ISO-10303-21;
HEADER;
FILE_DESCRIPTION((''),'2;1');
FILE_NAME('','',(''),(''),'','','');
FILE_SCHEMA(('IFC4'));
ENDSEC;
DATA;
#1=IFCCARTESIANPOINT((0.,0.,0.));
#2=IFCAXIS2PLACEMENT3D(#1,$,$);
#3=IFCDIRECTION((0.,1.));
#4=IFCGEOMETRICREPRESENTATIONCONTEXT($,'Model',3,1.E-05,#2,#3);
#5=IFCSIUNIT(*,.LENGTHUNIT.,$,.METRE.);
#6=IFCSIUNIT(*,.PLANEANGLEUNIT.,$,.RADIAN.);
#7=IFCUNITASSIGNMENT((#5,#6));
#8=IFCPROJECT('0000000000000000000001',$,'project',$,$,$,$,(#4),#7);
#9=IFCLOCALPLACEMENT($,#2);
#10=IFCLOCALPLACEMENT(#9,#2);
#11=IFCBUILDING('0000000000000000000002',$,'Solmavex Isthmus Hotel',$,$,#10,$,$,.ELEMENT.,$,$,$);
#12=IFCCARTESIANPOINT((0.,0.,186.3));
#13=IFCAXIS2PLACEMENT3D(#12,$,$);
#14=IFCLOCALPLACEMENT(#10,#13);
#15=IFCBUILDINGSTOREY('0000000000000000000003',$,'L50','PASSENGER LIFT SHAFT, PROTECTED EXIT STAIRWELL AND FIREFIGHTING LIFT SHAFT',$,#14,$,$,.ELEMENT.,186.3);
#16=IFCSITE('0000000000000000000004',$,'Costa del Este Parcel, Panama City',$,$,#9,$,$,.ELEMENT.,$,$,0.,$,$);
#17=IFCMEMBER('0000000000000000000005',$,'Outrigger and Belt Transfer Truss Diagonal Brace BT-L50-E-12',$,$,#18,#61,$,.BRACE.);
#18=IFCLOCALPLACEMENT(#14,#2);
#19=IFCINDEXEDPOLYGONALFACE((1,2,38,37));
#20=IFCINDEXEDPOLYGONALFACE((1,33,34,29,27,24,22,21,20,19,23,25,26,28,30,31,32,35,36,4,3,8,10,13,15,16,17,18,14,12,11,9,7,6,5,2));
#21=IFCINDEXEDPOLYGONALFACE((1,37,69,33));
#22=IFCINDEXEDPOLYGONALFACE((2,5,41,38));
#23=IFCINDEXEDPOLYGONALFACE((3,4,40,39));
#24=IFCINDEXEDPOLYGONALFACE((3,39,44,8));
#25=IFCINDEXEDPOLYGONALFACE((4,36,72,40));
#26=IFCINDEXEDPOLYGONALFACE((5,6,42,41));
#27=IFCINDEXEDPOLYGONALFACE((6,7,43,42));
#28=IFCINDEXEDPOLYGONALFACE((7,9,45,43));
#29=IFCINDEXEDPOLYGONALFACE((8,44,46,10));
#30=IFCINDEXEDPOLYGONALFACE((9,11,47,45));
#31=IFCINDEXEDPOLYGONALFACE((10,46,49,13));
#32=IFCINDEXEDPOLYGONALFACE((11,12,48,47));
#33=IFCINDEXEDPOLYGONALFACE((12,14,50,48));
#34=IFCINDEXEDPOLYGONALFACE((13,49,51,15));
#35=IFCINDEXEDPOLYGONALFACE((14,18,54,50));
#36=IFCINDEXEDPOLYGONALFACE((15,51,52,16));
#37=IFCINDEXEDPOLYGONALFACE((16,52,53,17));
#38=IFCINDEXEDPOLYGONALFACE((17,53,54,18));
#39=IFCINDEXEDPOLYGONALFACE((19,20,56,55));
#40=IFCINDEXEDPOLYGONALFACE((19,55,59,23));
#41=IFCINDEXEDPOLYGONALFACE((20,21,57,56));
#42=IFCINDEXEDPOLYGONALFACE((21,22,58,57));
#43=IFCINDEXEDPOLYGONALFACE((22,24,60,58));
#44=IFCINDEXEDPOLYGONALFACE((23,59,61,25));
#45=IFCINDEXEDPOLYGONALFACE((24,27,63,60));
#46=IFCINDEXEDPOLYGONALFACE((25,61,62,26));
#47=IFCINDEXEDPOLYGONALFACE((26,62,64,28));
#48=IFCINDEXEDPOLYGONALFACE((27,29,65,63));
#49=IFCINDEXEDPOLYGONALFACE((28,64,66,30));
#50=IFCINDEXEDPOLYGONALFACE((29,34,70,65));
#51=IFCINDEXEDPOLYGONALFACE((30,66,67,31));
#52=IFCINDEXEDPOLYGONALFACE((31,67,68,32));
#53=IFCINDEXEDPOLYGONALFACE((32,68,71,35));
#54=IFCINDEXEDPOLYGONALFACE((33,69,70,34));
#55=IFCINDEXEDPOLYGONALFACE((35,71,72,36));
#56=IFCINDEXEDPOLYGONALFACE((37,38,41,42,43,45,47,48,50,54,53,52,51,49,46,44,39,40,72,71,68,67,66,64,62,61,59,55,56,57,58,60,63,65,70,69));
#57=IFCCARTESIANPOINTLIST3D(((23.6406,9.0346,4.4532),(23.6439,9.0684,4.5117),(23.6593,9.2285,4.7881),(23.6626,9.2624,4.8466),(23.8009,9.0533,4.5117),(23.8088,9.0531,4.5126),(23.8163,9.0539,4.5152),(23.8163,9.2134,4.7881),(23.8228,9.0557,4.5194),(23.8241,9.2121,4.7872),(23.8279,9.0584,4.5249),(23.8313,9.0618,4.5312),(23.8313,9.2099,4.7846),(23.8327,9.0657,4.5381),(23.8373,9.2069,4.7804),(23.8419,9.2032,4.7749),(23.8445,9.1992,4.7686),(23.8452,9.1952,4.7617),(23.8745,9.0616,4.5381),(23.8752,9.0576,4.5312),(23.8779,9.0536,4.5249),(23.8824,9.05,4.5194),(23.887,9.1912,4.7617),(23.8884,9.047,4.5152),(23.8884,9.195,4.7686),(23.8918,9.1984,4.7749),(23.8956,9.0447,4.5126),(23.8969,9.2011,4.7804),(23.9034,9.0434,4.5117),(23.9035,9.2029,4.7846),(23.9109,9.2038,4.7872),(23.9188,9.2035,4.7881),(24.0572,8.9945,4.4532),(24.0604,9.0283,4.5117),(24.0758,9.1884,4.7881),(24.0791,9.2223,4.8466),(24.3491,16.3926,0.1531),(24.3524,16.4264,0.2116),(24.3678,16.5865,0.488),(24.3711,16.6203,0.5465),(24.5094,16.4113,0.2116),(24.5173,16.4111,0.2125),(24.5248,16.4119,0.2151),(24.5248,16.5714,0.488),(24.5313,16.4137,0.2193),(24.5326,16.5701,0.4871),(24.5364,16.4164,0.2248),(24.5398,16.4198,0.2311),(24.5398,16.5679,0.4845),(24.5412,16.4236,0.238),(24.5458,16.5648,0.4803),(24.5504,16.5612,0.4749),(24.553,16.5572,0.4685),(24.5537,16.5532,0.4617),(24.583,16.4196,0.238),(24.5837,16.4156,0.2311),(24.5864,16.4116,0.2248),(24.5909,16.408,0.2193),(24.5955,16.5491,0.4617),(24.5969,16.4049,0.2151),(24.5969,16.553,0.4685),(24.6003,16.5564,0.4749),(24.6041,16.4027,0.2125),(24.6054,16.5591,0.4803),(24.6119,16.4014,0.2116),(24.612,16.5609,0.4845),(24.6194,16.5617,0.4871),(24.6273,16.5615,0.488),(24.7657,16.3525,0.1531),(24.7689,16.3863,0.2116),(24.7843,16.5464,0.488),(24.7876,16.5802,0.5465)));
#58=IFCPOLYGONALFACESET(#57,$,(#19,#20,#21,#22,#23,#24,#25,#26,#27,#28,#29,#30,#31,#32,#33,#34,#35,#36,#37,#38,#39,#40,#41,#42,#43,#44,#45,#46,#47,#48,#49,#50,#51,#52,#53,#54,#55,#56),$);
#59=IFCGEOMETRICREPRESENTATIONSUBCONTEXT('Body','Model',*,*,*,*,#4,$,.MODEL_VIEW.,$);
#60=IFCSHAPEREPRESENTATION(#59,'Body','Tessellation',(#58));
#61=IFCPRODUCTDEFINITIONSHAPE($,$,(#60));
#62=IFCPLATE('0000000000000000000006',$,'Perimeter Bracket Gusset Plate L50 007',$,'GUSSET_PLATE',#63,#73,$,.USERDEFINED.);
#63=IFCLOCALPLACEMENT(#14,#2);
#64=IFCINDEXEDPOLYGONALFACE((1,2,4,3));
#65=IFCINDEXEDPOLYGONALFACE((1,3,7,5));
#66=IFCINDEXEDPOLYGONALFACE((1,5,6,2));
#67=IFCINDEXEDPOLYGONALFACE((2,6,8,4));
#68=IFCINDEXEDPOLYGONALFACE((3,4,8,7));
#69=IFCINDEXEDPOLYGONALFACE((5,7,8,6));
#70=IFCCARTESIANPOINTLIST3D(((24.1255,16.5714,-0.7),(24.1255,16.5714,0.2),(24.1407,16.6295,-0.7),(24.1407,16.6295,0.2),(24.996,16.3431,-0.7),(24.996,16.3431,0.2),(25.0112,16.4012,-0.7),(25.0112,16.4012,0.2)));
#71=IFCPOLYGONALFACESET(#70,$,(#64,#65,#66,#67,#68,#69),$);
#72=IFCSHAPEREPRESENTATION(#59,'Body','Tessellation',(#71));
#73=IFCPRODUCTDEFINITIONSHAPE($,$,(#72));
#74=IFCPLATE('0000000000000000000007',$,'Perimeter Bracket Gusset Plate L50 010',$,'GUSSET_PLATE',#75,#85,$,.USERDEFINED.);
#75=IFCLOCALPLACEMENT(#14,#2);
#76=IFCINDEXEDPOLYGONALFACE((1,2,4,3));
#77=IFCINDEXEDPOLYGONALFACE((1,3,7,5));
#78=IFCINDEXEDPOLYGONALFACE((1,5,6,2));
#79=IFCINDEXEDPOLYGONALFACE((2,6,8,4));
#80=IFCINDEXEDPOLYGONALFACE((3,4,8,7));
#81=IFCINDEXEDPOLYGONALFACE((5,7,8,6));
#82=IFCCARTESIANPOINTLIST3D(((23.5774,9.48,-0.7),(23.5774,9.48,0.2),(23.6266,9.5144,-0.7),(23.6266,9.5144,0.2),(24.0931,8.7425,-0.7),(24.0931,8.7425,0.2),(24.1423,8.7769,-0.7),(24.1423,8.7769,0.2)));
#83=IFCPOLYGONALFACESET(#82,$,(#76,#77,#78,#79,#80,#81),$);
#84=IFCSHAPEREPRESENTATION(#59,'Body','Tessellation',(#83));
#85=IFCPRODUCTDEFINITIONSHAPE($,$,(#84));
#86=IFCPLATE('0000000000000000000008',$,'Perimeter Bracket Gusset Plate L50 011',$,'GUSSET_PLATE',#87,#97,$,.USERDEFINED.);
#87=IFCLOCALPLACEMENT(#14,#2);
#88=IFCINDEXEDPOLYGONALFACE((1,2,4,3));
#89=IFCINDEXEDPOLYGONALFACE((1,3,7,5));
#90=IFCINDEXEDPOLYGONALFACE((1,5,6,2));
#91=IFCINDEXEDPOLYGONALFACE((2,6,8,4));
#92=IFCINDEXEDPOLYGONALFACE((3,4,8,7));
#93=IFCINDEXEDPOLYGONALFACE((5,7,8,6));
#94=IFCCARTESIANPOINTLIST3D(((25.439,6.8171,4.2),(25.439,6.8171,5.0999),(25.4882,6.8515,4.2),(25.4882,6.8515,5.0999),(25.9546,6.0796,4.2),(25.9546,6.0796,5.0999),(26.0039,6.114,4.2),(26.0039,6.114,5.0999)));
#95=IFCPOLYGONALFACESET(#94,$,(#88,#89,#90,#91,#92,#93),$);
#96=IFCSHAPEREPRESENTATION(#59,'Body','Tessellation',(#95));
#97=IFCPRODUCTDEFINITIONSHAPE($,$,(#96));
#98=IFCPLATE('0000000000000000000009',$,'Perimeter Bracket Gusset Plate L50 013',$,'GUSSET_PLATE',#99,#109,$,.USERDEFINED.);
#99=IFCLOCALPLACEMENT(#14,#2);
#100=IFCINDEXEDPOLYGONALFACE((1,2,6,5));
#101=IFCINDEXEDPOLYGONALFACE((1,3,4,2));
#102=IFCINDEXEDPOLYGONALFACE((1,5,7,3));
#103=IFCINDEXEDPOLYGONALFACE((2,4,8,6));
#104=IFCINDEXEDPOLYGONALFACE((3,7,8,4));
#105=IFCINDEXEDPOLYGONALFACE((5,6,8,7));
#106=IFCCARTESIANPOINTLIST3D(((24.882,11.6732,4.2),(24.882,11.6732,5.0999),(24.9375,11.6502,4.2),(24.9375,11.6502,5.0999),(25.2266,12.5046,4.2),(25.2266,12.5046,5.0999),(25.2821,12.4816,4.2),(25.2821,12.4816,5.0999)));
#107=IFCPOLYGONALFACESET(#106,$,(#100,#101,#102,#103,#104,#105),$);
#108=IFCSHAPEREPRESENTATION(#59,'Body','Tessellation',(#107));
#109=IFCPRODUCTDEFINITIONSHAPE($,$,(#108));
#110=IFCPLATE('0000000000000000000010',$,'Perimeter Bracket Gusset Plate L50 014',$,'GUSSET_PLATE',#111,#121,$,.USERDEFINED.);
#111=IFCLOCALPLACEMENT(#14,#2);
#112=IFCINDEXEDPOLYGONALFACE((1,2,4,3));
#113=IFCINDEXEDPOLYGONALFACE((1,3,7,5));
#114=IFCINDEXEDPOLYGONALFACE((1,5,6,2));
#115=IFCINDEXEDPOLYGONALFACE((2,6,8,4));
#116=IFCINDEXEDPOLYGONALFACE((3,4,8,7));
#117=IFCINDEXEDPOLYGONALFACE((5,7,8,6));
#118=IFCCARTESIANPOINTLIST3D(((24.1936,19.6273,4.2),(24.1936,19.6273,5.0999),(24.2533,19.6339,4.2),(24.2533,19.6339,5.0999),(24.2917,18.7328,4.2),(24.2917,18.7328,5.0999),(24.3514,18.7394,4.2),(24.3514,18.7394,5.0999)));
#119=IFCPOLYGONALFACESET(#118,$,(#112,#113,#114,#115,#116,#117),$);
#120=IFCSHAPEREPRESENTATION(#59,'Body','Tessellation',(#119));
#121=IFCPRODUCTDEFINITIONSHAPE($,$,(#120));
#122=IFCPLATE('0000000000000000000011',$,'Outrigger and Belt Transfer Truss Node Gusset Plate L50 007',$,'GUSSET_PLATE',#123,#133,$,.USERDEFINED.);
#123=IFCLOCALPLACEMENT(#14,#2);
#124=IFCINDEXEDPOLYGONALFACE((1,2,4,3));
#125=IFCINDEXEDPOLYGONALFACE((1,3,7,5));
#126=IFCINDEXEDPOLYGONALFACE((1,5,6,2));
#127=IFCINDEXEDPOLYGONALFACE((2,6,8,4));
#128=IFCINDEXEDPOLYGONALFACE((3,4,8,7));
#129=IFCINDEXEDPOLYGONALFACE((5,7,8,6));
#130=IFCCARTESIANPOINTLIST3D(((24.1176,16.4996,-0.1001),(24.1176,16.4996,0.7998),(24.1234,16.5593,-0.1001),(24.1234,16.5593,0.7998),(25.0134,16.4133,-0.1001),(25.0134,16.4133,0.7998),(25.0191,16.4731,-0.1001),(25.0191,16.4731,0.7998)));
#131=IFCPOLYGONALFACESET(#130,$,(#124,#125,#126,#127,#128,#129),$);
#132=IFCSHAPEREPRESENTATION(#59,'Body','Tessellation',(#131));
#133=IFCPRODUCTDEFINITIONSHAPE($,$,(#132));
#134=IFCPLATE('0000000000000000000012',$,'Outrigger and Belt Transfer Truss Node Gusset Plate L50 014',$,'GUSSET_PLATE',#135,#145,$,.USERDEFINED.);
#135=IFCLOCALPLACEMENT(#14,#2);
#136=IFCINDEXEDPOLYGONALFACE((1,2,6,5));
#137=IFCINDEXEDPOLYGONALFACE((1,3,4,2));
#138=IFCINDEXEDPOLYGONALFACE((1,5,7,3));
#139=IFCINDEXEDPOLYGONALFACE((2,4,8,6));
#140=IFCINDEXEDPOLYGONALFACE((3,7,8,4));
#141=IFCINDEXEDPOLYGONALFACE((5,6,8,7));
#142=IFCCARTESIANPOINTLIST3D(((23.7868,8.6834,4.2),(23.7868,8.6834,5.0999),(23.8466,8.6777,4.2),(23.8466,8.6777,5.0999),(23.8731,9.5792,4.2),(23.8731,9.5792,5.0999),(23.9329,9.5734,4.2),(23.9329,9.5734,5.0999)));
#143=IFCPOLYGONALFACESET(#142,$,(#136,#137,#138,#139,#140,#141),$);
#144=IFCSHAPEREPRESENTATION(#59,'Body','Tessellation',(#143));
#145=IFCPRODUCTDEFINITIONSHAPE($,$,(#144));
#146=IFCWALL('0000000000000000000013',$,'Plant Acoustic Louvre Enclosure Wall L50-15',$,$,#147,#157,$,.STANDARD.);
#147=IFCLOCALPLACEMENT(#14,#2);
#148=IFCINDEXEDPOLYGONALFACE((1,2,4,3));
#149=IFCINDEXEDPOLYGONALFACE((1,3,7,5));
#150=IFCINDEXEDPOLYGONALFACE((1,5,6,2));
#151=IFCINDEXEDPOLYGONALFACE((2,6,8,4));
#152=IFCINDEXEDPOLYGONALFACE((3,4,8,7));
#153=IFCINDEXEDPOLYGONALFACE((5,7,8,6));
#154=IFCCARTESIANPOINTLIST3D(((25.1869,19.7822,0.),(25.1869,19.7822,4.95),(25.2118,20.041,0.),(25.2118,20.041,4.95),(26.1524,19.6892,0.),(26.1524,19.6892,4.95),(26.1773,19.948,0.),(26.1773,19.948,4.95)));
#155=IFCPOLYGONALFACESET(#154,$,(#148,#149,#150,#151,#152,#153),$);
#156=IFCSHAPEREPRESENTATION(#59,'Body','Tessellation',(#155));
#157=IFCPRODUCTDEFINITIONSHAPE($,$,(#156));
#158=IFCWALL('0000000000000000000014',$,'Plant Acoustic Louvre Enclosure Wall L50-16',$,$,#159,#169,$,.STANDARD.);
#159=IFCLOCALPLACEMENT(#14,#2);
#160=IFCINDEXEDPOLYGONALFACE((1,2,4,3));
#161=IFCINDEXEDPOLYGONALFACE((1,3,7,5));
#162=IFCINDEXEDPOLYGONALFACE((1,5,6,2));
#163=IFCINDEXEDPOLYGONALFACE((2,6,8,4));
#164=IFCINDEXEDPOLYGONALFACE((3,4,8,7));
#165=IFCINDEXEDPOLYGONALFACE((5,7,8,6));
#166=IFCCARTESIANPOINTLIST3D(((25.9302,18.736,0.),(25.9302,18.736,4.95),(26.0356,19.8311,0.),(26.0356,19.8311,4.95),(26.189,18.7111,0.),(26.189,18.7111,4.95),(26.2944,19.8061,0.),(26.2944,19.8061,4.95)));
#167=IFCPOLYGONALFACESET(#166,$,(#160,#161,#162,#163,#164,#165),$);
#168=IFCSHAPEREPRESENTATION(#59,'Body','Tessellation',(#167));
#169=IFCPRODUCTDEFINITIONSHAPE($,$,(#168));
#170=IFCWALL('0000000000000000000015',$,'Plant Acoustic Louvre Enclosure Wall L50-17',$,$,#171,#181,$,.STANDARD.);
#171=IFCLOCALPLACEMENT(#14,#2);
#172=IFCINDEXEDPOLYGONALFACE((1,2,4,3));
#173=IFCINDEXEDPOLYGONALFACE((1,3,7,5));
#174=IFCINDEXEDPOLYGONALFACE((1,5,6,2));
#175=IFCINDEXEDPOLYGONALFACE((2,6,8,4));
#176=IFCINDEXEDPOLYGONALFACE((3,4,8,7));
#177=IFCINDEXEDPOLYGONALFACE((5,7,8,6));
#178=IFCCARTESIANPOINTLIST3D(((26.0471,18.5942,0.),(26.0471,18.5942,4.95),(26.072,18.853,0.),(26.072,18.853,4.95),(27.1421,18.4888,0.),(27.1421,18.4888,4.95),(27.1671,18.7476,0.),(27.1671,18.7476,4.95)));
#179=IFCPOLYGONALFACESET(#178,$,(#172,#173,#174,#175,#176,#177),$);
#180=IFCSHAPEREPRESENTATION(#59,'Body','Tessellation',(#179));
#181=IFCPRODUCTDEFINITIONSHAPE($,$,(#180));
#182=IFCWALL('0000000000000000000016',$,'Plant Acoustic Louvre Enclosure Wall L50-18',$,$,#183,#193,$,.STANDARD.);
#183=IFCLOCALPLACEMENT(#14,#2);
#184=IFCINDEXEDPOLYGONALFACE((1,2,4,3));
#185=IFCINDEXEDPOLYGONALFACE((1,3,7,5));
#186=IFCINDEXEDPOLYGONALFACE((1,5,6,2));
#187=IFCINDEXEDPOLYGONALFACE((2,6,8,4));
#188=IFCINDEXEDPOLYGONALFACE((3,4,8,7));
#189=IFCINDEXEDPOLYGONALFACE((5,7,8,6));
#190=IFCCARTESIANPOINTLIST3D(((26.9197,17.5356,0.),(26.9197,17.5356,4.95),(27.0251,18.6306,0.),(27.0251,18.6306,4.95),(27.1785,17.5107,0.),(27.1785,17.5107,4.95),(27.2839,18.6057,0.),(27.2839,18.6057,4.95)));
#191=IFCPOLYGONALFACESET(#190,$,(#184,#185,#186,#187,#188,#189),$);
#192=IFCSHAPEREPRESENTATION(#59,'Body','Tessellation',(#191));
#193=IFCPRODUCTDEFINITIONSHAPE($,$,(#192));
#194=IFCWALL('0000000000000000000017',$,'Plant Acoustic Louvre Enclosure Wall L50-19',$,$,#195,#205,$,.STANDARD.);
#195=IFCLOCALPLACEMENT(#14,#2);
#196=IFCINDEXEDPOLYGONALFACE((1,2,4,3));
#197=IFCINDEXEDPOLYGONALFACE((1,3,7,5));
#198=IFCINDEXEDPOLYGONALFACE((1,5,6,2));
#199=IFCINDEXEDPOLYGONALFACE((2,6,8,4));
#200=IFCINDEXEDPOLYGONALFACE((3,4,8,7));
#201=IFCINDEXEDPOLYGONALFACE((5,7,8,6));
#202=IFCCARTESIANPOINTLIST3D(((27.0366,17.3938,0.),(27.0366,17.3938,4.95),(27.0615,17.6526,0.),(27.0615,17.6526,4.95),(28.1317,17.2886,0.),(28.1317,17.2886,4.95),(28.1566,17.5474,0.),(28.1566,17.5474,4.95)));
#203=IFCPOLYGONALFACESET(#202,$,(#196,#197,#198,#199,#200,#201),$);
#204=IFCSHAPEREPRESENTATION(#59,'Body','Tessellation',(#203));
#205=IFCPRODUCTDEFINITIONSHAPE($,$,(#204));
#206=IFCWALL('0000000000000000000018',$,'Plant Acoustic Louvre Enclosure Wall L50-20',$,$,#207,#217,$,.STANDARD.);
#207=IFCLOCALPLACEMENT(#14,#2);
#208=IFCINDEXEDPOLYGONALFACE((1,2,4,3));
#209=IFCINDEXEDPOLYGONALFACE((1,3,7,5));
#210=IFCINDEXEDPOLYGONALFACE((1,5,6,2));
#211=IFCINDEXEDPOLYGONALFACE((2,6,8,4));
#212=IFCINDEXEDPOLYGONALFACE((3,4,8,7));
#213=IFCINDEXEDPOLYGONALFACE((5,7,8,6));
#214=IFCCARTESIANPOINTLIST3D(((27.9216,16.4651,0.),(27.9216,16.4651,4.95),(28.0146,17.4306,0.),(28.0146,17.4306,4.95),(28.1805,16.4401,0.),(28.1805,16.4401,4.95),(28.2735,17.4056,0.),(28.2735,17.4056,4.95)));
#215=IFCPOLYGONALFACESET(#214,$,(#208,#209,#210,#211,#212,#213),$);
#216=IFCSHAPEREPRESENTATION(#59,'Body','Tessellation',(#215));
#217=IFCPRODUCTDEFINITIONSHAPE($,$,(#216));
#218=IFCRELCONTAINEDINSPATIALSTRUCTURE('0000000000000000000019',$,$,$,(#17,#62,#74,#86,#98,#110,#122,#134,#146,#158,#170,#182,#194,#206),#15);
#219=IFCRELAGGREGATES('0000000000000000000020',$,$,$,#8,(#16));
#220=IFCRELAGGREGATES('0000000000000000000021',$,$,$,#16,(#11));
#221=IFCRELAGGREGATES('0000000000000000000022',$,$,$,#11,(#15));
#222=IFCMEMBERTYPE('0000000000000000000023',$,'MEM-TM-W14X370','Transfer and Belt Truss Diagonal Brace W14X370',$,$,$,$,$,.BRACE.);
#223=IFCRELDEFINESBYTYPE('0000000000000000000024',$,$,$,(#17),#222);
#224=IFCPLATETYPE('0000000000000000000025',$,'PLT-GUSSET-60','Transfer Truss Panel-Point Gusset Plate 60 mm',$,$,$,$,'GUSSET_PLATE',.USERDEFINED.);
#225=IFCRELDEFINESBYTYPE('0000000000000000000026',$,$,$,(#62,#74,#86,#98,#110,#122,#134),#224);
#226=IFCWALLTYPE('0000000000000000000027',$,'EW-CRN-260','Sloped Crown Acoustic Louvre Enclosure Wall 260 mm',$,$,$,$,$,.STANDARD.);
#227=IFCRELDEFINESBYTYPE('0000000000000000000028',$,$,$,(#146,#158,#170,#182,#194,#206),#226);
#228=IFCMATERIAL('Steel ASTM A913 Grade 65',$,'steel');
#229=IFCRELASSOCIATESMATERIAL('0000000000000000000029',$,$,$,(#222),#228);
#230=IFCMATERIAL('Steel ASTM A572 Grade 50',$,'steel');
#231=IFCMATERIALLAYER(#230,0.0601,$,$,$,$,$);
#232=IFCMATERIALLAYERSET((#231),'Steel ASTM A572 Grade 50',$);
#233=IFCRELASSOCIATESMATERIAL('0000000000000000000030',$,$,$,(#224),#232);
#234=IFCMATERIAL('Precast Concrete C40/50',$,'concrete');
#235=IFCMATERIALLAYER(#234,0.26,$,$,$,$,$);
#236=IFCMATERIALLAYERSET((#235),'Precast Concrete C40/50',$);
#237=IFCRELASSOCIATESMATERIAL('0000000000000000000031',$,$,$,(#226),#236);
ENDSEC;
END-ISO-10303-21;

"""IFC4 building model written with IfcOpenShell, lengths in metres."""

from ifc_helpers import new_model, si_unit, direction, frame, frame_2d, origin, origin_2d, place, context, subcontext, project, spatial, rectangle, i_section, extrude, material, layer, layer_set, material_profile, profile_set, type_object, element, save


model = new_model("IFC4")

# Units and contexts
model_context = context("Model", 3, precision=1e-05, world=origin(), true_north=direction((0.0, 1.0)))
body_context = subcontext(model_context, "Body", "Model", "MODEL_VIEW")
ifc_project = project(units=[si_unit("LENGTHUNIT", "METRE"), si_unit("PLANEANGLEUNIT", "RADIAN")], contexts=[model_context])

# Site, building, storey
site_placement = place(None, origin())
site = spatial("IfcSite", under=ifc_project, at=site_placement, Name="Costa del Este Parcel, Panama City", CompositionType="ELEMENT", RefElevation=0.0)
building_placement = place(site_placement, origin())
building = spatial("IfcBuilding", under=site, at=building_placement, Name="Solmavex Isthmus Hotel", CompositionType="ELEMENT")
storey_placement = place(building_placement, frame((0.0, 0.0, 186.3)))
storey = spatial("IfcBuildingStorey", under=building, at=storey_placement, Name="L50", Description="PASSENGER LIFT SHAFT, PROTECTED EXIT STAIRWELL AND FIREFIGHTING LIFT SHAFT", CompositionType="ELEMENT", Elevation=186.3)

# Shared definitions
ifc_material_1 = material(Name="Steel ASTM A913 Grade 65", Category="steel")

# Member
ifc_material_profile_1 = material_profile(ifc_material_1, i_section(OverallWidth=0.4185, OverallDepth=0.4551, WebThickness=0.042, FlangeThickness=0.0676, FilletRadius=0.0305, at=origin_2d()), Name="W14X370")
ifc_profile_set_1 = profile_set([ifc_material_profile_1], Name="Steel ASTM A913 Grade 65")
member_type_1 = type_object("IfcMemberType", Name="MEM-TM-W14X370", Description="Transfer and Belt Truss Diagonal Brace W14X370", PredefinedType="BRACE", material=ifc_profile_set_1)
member_1_placement = place(storey_placement, frame((23.8599, 9.1284, 4.6499), z_axis=(0.082849, 0.860405, -0.502831), x_axis=(-0.995396, 0.095847, 0.0)))
element("IfcMember", 1, at=member_1_placement, inside=storey, type_object=member_type_1, Name="Outrigger and Belt Transfer Truss Diagonal Brace BT-L50-E-12", PredefinedType="BRACE", context=body_context, shape_type="SweptSolid", body=[
    extrude(i_section(OverallWidth=0.4185, OverallDepth=0.4551, WebThickness=0.042, FlangeThickness=0.0676, FilletRadius=0.0305, at=origin_2d()), origin(), (0.0, 0.0, 1.0), 8.5518),
])

# Plates
ifc_material_2 = material(Name="Steel ASTM A572 Grade 50", Category="steel")
ifc_layer_1 = layer(ifc_material_2, 0.0601)
ifc_layer_set_1 = layer_set([ifc_layer_1], Name="Steel ASTM A572 Grade 50")
plate_type = type_object("IfcPlateType", Name="PLT-GUSSET-60", Description="Transfer Truss Panel-Point Gusset Plate 60 mm", ElementType="GUSSET_PLATE", PredefinedType="USERDEFINED", material=ifc_layer_set_1)
for number, where, z_axis, x_axis, name in (
    (2, (24.5684, 16.4863, -0.7), (0.0, 0.0, 1.0), (-0.967285, 0.25369, 0.0), "Perimeter Bracket Gusset Plate L50 007"),
    (3, (23.8599, 9.1284, -0.7), (0.0, 0.0, 1.0), (0.573004, -0.819552, 0.0), "Perimeter Bracket Gusset Plate L50 010"),
    (4, (25.7214, 6.4656, 4.2), (0.0, 0.0, 1.0), (0.573004, -0.819552, 0.0), "Perimeter Bracket Gusset Plate L50 011"),
    (5, (25.082, 12.0774, 4.2), (0.0, 0.0, 1.0), (0.382893, 0.923793, 0.0), "Perimeter Bracket Gusset Plate L50 013"),
    (6, (24.2725, 19.1833, 4.2), (0.0, 0.0, 1.0), (-0.109023, 0.994039, 0.0), "Perimeter Bracket Gusset Plate L50 014"),
    (7, (24.5684, 16.4863, -0.1001), (0.0, 0.0, 1.0), (0.995396, -0.095846, 0.0), "Outrigger and Belt Transfer Truss Node Gusset Plate L50 007"),
    (8, (23.8599, 9.1284, 4.2), (0.0, 0.0, 1.0), (0.095846, 0.995396, 0.0), "Outrigger and Belt Transfer Truss Node Gusset Plate L50 014"),
):
    element("IfcPlate", number, at=place(storey_placement, frame(where, z_axis=z_axis, x_axis=x_axis)), inside=storey, type_object=plate_type, Name=name, ObjectType="GUSSET_PLATE", PredefinedType="USERDEFINED", context=body_context, shape_type="SweptSolid", body=[
        extrude(rectangle(XDim=0.8999, YDim=0.0601, at=origin_2d()), origin(), (0.0, 0.0, 1.0), 0.8999),
    ])

# Walls
ifc_material_3 = material(Name="Precast Concrete C40/50", Category="concrete")
ifc_layer_2 = layer(ifc_material_3, 0.26)
ifc_layer_set_2 = layer_set([ifc_layer_2], Name="Precast Concrete C40/50")
wall_type = type_object("IfcWallType", Name="EW-CRN-260", Description="Sloped Crown Acoustic Louvre Enclosure Wall 260 mm", PredefinedType="STANDARD", material=ifc_layer_set_2)
wall_1_placement = place(storey_placement, frame((25.1995, 19.9116, 0.0), z_axis=(0.0, 0.0, 1.0), x_axis=(0.995392, -0.09589, 0.0)))
element("IfcWall", 9, at=wall_1_placement, inside=storey, type_object=wall_type, Name="Plant Acoustic Louvre Enclosure Wall L50-15", PredefinedType="STANDARD", context=body_context, shape_type="SweptSolid", body=[
    extrude(rectangle(XDim=0.97, YDim=0.26, at=frame_2d((0.4849, 0.0))), origin(), (0.0, 0.0, 1.0), 4.95),
])
for number, where, z_axis, x_axis, name in (
    (10, (26.165, 19.8186, 0.0), (0.0, 0.0, 1.0), (-0.095877, -0.995393, 0.0), "Plant Acoustic Louvre Enclosure Wall L50-16"),
    (11, (26.0596, 18.7236, 0.0), (0.0, 0.0, 1.0), (0.995393, -0.095877, 0.0), "Plant Acoustic Louvre Enclosure Wall L50-17"),
    (12, (27.1545, 18.6182, 0.0), (0.0, 0.0, 1.0), (-0.095877, -0.995393, 0.0), "Plant Acoustic Louvre Enclosure Wall L50-18"),
    (13, (27.0491, 17.5232, 0.0), (0.0, 0.0, 1.0), (0.995414, -0.095657, 0.0), "Plant Acoustic Louvre Enclosure Wall L50-19"),
):
    element("IfcWall", number, at=place(storey_placement, frame(where, z_axis=z_axis, x_axis=x_axis)), inside=storey, type_object=wall_type, Name=name, PredefinedType="STANDARD", context=body_context, shape_type="SweptSolid", body=[
        extrude(rectangle(XDim=1.1001, YDim=0.26, at=frame_2d((0.55, 0.0))), origin(), (0.0, 0.0, 1.0), 4.95),
    ])
wall_2_placement = place(storey_placement, frame((28.144, 17.418, 0.0), z_axis=(0.0, 0.0, 1.0), x_axis=(-0.09589, -0.995392, 0.0)))
element("IfcWall", 14, at=wall_2_placement, inside=storey, type_object=wall_type, Name="Plant Acoustic Louvre Enclosure Wall L50-20", PredefinedType="STANDARD", context=body_context, shape_type="SweptSolid", body=[
    extrude(rectangle(XDim=0.97, YDim=0.26, at=frame_2d((0.4849, 0.0))), origin(), (0.0, 0.0, 1.0), 4.95),
])

save(model, "model.ifc")
